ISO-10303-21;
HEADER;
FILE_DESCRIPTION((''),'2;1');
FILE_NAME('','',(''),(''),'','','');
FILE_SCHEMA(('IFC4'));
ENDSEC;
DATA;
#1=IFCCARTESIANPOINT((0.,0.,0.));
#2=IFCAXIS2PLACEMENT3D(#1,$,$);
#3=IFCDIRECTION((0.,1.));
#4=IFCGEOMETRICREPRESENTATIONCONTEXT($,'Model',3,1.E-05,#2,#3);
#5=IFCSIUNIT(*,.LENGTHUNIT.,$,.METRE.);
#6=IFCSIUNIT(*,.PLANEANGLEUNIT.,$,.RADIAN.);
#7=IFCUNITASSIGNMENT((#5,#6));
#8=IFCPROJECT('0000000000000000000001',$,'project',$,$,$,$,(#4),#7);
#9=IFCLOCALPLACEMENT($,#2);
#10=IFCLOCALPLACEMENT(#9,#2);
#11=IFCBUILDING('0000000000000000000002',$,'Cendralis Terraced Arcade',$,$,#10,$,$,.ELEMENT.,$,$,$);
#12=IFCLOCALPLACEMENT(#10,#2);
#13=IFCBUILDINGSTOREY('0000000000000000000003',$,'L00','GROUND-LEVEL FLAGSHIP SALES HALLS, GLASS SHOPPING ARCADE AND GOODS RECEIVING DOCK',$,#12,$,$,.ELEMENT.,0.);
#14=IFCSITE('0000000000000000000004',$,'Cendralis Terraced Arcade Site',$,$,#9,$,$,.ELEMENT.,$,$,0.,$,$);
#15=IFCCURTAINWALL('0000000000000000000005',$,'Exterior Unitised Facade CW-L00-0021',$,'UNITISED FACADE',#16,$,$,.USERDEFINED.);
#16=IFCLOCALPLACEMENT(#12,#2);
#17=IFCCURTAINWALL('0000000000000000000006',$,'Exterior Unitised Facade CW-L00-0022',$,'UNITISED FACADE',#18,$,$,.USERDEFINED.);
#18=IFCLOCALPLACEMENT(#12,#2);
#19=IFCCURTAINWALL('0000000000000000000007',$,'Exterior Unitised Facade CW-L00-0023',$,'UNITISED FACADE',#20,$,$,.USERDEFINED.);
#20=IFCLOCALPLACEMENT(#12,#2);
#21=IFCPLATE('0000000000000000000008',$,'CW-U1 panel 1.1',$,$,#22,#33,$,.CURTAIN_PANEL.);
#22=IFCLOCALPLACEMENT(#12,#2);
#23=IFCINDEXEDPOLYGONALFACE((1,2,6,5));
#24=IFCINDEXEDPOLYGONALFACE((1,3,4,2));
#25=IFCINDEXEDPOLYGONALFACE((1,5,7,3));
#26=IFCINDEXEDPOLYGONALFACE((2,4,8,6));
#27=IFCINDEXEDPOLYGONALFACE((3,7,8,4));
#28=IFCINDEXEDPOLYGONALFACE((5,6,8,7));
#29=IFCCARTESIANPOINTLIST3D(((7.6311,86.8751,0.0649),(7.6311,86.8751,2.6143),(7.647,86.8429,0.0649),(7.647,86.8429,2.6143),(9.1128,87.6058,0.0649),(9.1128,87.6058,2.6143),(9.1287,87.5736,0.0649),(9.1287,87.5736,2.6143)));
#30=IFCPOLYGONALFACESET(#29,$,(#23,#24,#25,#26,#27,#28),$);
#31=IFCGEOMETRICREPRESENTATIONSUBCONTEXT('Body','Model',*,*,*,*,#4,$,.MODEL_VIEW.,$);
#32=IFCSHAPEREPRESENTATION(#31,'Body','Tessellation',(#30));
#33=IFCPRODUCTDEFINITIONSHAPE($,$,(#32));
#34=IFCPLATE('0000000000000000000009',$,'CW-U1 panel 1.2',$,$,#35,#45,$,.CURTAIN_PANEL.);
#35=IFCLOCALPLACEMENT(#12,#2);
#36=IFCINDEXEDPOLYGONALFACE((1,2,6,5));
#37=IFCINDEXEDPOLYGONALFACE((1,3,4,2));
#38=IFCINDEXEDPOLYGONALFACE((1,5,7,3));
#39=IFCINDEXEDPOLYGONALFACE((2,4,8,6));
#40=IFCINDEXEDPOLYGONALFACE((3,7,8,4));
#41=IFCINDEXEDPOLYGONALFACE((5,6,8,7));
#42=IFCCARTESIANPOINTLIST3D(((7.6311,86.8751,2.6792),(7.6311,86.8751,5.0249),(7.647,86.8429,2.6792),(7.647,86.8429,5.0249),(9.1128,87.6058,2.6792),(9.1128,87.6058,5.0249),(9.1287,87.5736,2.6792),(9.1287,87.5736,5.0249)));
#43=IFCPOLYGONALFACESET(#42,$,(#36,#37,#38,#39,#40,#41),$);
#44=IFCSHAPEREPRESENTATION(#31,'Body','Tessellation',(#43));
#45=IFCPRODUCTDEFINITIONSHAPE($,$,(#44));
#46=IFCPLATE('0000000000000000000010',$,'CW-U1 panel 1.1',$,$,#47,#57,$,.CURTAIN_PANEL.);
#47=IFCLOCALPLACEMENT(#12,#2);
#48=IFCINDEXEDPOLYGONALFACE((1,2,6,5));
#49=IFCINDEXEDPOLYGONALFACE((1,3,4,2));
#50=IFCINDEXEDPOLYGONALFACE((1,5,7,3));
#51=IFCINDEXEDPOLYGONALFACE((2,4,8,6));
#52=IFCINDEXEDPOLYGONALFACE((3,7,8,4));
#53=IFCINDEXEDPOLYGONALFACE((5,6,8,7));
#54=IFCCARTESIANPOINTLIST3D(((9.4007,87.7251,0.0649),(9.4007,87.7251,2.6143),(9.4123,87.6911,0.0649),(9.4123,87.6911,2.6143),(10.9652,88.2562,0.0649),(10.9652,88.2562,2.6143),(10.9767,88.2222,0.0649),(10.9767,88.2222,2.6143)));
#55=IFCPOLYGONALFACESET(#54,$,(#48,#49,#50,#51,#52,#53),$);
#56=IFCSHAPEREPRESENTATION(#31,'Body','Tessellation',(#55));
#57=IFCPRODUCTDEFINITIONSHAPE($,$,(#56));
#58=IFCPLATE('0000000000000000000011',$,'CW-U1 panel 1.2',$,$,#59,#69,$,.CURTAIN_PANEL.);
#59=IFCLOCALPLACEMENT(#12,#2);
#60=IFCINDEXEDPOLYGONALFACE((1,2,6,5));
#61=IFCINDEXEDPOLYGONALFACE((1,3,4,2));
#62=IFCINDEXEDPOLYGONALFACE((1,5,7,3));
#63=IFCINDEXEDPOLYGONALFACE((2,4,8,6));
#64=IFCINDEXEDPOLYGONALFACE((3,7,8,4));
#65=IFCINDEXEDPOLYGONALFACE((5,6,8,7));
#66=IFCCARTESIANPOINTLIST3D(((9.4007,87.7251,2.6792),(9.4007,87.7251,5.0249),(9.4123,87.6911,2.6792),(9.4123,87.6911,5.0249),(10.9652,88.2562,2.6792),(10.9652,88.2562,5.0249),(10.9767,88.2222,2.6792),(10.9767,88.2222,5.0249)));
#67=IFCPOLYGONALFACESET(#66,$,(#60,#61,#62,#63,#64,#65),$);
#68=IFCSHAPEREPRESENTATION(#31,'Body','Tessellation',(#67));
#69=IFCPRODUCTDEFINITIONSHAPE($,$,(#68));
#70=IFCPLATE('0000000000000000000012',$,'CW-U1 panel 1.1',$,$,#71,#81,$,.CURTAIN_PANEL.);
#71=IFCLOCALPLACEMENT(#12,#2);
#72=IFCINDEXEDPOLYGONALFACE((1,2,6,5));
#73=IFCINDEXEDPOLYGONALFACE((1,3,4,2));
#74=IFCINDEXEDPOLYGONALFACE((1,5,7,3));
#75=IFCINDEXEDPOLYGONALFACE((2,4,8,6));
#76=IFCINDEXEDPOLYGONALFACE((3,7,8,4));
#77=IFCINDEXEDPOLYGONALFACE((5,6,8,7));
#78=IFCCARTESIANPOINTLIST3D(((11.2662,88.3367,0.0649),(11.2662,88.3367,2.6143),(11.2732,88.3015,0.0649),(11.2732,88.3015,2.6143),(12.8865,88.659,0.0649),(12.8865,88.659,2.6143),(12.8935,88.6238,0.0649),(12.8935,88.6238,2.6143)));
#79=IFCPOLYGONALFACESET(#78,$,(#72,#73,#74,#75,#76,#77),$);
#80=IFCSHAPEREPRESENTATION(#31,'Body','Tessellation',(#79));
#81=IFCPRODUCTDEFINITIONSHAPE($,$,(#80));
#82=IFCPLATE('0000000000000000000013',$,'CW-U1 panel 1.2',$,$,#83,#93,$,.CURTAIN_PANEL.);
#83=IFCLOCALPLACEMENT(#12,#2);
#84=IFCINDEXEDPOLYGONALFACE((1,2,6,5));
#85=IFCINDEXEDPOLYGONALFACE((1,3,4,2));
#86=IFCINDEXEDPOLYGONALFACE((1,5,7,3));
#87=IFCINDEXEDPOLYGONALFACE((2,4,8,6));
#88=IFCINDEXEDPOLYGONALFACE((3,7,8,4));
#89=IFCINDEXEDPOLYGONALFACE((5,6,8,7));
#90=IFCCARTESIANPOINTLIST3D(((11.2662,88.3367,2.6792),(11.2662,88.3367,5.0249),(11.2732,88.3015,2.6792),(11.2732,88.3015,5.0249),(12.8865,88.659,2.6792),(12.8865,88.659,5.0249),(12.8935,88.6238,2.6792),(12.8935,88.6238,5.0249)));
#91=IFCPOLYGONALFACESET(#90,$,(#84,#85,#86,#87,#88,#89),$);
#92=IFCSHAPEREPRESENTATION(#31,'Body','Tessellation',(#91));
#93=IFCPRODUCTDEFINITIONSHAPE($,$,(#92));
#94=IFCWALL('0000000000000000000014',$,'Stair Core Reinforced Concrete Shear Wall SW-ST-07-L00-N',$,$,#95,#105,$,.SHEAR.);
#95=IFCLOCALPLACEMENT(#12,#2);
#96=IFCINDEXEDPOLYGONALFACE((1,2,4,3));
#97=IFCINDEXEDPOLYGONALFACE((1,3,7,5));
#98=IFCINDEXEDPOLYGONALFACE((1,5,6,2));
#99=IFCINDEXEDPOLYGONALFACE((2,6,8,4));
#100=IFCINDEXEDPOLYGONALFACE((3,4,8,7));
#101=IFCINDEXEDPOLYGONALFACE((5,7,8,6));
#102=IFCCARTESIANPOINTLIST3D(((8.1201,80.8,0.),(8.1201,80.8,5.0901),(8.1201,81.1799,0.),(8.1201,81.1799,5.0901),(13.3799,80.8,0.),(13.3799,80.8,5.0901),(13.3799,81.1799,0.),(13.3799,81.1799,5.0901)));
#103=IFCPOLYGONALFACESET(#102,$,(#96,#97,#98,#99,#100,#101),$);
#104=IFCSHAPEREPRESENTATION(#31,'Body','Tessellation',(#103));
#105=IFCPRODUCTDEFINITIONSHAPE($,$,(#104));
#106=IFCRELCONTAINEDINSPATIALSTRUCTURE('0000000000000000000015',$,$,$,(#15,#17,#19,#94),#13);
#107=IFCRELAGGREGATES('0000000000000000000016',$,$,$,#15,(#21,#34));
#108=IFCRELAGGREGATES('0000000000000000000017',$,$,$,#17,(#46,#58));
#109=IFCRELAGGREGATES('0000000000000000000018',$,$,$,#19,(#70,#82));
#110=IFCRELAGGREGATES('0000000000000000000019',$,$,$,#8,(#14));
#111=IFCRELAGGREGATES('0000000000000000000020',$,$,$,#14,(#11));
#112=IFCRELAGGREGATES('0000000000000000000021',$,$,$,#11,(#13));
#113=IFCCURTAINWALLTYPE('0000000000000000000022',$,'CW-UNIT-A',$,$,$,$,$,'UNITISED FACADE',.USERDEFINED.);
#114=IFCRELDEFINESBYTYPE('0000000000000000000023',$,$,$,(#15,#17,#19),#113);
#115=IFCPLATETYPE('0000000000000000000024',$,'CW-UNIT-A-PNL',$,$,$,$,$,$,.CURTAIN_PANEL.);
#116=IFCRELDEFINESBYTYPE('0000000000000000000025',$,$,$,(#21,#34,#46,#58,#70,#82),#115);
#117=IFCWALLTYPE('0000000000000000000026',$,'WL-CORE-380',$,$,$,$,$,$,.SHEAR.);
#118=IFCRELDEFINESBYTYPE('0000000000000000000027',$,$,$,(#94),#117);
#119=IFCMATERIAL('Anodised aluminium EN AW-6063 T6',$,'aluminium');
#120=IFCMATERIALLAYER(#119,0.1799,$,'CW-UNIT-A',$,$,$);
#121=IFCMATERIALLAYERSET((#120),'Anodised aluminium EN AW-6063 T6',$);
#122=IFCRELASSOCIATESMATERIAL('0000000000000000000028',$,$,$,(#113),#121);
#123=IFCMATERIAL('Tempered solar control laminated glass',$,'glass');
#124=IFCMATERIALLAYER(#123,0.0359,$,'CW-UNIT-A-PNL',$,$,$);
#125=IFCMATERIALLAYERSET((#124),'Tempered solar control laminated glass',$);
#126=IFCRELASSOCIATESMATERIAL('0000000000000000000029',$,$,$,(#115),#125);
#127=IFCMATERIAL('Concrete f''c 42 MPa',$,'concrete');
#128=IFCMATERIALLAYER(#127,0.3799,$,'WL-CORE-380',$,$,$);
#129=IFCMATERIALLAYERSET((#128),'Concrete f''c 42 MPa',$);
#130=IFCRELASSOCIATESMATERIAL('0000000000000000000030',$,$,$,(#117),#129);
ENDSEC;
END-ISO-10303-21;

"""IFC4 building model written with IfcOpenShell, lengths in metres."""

from ifc_helpers import new_model, si_unit, direction, frame, frame_2d, origin, origin_2d, place, context, subcontext, project, spatial, rectangle, extrude, material, layer, layer_set, type_object, element, aggregate, save


model = new_model("IFC4")

# Units and contexts
model_context = context("Model", 3, precision=1e-05, world=origin(), true_north=direction((0.0, 1.0)))
body_context = subcontext(model_context, "Body", "Model", "MODEL_VIEW")
ifc_project = project(units=[si_unit("LENGTHUNIT", "METRE"), si_unit("PLANEANGLEUNIT", "RADIAN")], contexts=[model_context])

# Site, building, storey
site_placement = place(None, origin())
site = spatial("IfcSite", under=ifc_project, at=site_placement, Name="Cendralis Terraced Arcade Site", CompositionType="ELEMENT", RefElevation=0.0)
building_placement = place(site_placement, origin())
building = spatial("IfcBuilding", under=site, at=building_placement, Name="Cendralis Terraced Arcade", CompositionType="ELEMENT")
storey_placement = place(building_placement, origin())
storey = spatial("IfcBuildingStorey", under=building, at=storey_placement, Name="L00", Description="GROUND-LEVEL FLAGSHIP SALES HALLS, GLASS SHOPPING ARCADE AND GOODS RECEIVING DOCK", CompositionType="ELEMENT", Elevation=0.0)

# Shared definitions
ifc_material_1 = material(Name="Anodised aluminium EN AW-6063 T6", Category="aluminium")
ifc_layer_1 = layer(ifc_material_1, 0.1799, Name="CW-UNIT-A")
ifc_layer_set_1 = layer_set([ifc_layer_1], Name="Anodised aluminium EN AW-6063 T6")
curtain_wall_type = type_object("IfcCurtainWallType", Name="CW-UNIT-A", ElementType="UNITISED FACADE", PredefinedType="USERDEFINED", material=ifc_layer_set_1)

# Curtain walls
curtain_wall_1_placement = place(storey_placement, origin())
curtain_wall_1 = element("IfcCurtainWall", 1, at=curtain_wall_1_placement, inside=storey, type_object=curtain_wall_type, Name="Exterior Unitised Facade CW-L00-0021", ObjectType="UNITISED FACADE", PredefinedType="USERDEFINED")
curtain_wall_2_placement = place(storey_placement, origin())
curtain_wall_2 = element("IfcCurtainWall", 2, at=curtain_wall_2_placement, inside=storey, type_object=curtain_wall_type, Name="Exterior Unitised Facade CW-L00-0022", ObjectType="UNITISED FACADE", PredefinedType="USERDEFINED")
curtain_wall_3_placement = place(storey_placement, origin())
curtain_wall_3 = element("IfcCurtainWall", 3, at=curtain_wall_3_placement, inside=storey, type_object=curtain_wall_type, Name="Exterior Unitised Facade CW-L00-0023", ObjectType="UNITISED FACADE", PredefinedType="USERDEFINED")

# Plates
ifc_material_2 = material(Name="Tempered solar control laminated glass", Category="glass")
ifc_layer_2 = layer(ifc_material_2, 0.0359, Name="CW-UNIT-A-PNL")
ifc_layer_set_2 = layer_set([ifc_layer_2], Name="Tempered solar control laminated glass")
plate_type = type_object("IfcPlateType", Name="CW-UNIT-A-PNL", PredefinedType="CURTAIN_PANEL", material=ifc_layer_set_2)
plate_1_placement = place(storey_placement, frame((8.3799, 87.2244, 0.0649), z_axis=(0.0, 0.0, 1.0), x_axis=(0.896871, 0.442291, 0.0)))
plate_1 = element("IfcPlate", 4, at=plate_1_placement, type_object=plate_type, Name="CW-U1 panel 1.1", PredefinedType="CURTAIN_PANEL", context=body_context, shape_type="SweptSolid", body=[
    extrude(rectangle(XDim=1.6521, YDim=0.0359, at=origin_2d()), origin(), (0.0, 0.0, 1.0), 2.5493),
])
plate_2_placement = place(storey_placement, frame((8.3799, 87.2244, 2.6792), z_axis=(0.0, 0.0, 1.0), x_axis=(0.896871, 0.442291, 0.0)))
plate_2 = element("IfcPlate", 5, at=plate_2_placement, type_object=plate_type, Name="CW-U1 panel 1.2", PredefinedType="CURTAIN_PANEL", context=body_context, shape_type="SweptSolid", body=[
    extrude(rectangle(XDim=1.6521, YDim=0.0359, at=origin_2d()), origin(), (0.0, 0.0, 1.0), 2.3457),
])
aggregate(curtain_wall_1, [plate_1, plate_2])
plate_3_placement = place(storey_placement, frame((10.1887, 87.9736, 0.0649), z_axis=(0.0, 0.0, 1.0), x_axis=(0.946924, 0.321458, 0.0)))
plate_3 = element("IfcPlate", 6, at=plate_3_placement, type_object=plate_type, Name="CW-U1 panel 1.1", PredefinedType="CURTAIN_PANEL", context=body_context, shape_type="SweptSolid", body=[
    extrude(rectangle(XDim=1.6521, YDim=0.0359, at=origin_2d()), origin(), (0.0, 0.0, 1.0), 2.5493),
])
plate_4_placement = place(storey_placement, frame((10.1887, 87.9736, 2.6792), z_axis=(0.0, 0.0, 1.0), x_axis=(0.946924, 0.321458, 0.0)))
plate_4 = element("IfcPlate", 7, at=plate_4_placement, type_object=plate_type, Name="CW-U1 panel 1.2", PredefinedType="CURTAIN_PANEL", context=body_context, shape_type="SweptSolid", body=[
    extrude(rectangle(XDim=1.6521, YDim=0.0359, at=origin_2d()), origin(), (0.0, 0.0, 1.0), 2.3457),
])
aggregate(curtain_wall_2, [plate_3, plate_4])
plate_5_placement = place(storey_placement, frame((12.0798, 88.4802, 0.0649), z_axis=(0.0, 0.0, 1.0), x_axis=(0.980792, 0.195058, 0.0)))
plate_5 = element("IfcPlate", 8, at=plate_5_placement, type_object=plate_type, Name="CW-U1 panel 1.1", PredefinedType="CURTAIN_PANEL", context=body_context, shape_type="SweptSolid", body=[
    extrude(rectangle(XDim=1.6521, YDim=0.0359, at=origin_2d()), origin(), (0.0, 0.0, 1.0), 2.5493),
])
plate_6_placement = place(storey_placement, frame((12.0798, 88.4802, 2.6792), z_axis=(0.0, 0.0, 1.0), x_axis=(0.980792, 0.195058, 0.0)))
plate_6 = element("IfcPlate", 9, at=plate_6_placement, type_object=plate_type, Name="CW-U1 panel 1.2", PredefinedType="CURTAIN_PANEL", context=body_context, shape_type="SweptSolid", body=[
    extrude(rectangle(XDim=1.6521, YDim=0.0359, at=origin_2d()), origin(), (0.0, 0.0, 1.0), 2.3457),
])
aggregate(curtain_wall_3, [plate_5, plate_6])

# Wall
ifc_material_3 = material(Name="Concrete f'c 42 MPa", Category="concrete")
ifc_layer_3 = layer(ifc_material_3, 0.3799, Name="WL-CORE-380")
ifc_layer_set_3 = layer_set([ifc_layer_3], Name="Concrete f'c 42 MPa")
wall_type = type_object("IfcWallType", Name="WL-CORE-380", PredefinedType="SHEAR", material=ifc_layer_set_3)
wall_placement = place(storey_placement, frame((8.1201, 80.99, 0.0), z_axis=(0.0, 0.0, 1.0), x_axis=(1.0, 0.0, 0.0)))
element("IfcWall", 10, at=wall_placement, inside=storey, type_object=wall_type, Name="Stair Core Reinforced Concrete Shear Wall SW-ST-07-L00-N", PredefinedType="SHEAR", context=body_context, shape_type="SweptSolid", body=[
    extrude(rectangle(XDim=5.2598, YDim=0.3799, at=frame_2d((2.6299, 0.0))), origin(), (0.0, 0.0, 1.0), 5.0901),
])

save(model, "model.ifc")
